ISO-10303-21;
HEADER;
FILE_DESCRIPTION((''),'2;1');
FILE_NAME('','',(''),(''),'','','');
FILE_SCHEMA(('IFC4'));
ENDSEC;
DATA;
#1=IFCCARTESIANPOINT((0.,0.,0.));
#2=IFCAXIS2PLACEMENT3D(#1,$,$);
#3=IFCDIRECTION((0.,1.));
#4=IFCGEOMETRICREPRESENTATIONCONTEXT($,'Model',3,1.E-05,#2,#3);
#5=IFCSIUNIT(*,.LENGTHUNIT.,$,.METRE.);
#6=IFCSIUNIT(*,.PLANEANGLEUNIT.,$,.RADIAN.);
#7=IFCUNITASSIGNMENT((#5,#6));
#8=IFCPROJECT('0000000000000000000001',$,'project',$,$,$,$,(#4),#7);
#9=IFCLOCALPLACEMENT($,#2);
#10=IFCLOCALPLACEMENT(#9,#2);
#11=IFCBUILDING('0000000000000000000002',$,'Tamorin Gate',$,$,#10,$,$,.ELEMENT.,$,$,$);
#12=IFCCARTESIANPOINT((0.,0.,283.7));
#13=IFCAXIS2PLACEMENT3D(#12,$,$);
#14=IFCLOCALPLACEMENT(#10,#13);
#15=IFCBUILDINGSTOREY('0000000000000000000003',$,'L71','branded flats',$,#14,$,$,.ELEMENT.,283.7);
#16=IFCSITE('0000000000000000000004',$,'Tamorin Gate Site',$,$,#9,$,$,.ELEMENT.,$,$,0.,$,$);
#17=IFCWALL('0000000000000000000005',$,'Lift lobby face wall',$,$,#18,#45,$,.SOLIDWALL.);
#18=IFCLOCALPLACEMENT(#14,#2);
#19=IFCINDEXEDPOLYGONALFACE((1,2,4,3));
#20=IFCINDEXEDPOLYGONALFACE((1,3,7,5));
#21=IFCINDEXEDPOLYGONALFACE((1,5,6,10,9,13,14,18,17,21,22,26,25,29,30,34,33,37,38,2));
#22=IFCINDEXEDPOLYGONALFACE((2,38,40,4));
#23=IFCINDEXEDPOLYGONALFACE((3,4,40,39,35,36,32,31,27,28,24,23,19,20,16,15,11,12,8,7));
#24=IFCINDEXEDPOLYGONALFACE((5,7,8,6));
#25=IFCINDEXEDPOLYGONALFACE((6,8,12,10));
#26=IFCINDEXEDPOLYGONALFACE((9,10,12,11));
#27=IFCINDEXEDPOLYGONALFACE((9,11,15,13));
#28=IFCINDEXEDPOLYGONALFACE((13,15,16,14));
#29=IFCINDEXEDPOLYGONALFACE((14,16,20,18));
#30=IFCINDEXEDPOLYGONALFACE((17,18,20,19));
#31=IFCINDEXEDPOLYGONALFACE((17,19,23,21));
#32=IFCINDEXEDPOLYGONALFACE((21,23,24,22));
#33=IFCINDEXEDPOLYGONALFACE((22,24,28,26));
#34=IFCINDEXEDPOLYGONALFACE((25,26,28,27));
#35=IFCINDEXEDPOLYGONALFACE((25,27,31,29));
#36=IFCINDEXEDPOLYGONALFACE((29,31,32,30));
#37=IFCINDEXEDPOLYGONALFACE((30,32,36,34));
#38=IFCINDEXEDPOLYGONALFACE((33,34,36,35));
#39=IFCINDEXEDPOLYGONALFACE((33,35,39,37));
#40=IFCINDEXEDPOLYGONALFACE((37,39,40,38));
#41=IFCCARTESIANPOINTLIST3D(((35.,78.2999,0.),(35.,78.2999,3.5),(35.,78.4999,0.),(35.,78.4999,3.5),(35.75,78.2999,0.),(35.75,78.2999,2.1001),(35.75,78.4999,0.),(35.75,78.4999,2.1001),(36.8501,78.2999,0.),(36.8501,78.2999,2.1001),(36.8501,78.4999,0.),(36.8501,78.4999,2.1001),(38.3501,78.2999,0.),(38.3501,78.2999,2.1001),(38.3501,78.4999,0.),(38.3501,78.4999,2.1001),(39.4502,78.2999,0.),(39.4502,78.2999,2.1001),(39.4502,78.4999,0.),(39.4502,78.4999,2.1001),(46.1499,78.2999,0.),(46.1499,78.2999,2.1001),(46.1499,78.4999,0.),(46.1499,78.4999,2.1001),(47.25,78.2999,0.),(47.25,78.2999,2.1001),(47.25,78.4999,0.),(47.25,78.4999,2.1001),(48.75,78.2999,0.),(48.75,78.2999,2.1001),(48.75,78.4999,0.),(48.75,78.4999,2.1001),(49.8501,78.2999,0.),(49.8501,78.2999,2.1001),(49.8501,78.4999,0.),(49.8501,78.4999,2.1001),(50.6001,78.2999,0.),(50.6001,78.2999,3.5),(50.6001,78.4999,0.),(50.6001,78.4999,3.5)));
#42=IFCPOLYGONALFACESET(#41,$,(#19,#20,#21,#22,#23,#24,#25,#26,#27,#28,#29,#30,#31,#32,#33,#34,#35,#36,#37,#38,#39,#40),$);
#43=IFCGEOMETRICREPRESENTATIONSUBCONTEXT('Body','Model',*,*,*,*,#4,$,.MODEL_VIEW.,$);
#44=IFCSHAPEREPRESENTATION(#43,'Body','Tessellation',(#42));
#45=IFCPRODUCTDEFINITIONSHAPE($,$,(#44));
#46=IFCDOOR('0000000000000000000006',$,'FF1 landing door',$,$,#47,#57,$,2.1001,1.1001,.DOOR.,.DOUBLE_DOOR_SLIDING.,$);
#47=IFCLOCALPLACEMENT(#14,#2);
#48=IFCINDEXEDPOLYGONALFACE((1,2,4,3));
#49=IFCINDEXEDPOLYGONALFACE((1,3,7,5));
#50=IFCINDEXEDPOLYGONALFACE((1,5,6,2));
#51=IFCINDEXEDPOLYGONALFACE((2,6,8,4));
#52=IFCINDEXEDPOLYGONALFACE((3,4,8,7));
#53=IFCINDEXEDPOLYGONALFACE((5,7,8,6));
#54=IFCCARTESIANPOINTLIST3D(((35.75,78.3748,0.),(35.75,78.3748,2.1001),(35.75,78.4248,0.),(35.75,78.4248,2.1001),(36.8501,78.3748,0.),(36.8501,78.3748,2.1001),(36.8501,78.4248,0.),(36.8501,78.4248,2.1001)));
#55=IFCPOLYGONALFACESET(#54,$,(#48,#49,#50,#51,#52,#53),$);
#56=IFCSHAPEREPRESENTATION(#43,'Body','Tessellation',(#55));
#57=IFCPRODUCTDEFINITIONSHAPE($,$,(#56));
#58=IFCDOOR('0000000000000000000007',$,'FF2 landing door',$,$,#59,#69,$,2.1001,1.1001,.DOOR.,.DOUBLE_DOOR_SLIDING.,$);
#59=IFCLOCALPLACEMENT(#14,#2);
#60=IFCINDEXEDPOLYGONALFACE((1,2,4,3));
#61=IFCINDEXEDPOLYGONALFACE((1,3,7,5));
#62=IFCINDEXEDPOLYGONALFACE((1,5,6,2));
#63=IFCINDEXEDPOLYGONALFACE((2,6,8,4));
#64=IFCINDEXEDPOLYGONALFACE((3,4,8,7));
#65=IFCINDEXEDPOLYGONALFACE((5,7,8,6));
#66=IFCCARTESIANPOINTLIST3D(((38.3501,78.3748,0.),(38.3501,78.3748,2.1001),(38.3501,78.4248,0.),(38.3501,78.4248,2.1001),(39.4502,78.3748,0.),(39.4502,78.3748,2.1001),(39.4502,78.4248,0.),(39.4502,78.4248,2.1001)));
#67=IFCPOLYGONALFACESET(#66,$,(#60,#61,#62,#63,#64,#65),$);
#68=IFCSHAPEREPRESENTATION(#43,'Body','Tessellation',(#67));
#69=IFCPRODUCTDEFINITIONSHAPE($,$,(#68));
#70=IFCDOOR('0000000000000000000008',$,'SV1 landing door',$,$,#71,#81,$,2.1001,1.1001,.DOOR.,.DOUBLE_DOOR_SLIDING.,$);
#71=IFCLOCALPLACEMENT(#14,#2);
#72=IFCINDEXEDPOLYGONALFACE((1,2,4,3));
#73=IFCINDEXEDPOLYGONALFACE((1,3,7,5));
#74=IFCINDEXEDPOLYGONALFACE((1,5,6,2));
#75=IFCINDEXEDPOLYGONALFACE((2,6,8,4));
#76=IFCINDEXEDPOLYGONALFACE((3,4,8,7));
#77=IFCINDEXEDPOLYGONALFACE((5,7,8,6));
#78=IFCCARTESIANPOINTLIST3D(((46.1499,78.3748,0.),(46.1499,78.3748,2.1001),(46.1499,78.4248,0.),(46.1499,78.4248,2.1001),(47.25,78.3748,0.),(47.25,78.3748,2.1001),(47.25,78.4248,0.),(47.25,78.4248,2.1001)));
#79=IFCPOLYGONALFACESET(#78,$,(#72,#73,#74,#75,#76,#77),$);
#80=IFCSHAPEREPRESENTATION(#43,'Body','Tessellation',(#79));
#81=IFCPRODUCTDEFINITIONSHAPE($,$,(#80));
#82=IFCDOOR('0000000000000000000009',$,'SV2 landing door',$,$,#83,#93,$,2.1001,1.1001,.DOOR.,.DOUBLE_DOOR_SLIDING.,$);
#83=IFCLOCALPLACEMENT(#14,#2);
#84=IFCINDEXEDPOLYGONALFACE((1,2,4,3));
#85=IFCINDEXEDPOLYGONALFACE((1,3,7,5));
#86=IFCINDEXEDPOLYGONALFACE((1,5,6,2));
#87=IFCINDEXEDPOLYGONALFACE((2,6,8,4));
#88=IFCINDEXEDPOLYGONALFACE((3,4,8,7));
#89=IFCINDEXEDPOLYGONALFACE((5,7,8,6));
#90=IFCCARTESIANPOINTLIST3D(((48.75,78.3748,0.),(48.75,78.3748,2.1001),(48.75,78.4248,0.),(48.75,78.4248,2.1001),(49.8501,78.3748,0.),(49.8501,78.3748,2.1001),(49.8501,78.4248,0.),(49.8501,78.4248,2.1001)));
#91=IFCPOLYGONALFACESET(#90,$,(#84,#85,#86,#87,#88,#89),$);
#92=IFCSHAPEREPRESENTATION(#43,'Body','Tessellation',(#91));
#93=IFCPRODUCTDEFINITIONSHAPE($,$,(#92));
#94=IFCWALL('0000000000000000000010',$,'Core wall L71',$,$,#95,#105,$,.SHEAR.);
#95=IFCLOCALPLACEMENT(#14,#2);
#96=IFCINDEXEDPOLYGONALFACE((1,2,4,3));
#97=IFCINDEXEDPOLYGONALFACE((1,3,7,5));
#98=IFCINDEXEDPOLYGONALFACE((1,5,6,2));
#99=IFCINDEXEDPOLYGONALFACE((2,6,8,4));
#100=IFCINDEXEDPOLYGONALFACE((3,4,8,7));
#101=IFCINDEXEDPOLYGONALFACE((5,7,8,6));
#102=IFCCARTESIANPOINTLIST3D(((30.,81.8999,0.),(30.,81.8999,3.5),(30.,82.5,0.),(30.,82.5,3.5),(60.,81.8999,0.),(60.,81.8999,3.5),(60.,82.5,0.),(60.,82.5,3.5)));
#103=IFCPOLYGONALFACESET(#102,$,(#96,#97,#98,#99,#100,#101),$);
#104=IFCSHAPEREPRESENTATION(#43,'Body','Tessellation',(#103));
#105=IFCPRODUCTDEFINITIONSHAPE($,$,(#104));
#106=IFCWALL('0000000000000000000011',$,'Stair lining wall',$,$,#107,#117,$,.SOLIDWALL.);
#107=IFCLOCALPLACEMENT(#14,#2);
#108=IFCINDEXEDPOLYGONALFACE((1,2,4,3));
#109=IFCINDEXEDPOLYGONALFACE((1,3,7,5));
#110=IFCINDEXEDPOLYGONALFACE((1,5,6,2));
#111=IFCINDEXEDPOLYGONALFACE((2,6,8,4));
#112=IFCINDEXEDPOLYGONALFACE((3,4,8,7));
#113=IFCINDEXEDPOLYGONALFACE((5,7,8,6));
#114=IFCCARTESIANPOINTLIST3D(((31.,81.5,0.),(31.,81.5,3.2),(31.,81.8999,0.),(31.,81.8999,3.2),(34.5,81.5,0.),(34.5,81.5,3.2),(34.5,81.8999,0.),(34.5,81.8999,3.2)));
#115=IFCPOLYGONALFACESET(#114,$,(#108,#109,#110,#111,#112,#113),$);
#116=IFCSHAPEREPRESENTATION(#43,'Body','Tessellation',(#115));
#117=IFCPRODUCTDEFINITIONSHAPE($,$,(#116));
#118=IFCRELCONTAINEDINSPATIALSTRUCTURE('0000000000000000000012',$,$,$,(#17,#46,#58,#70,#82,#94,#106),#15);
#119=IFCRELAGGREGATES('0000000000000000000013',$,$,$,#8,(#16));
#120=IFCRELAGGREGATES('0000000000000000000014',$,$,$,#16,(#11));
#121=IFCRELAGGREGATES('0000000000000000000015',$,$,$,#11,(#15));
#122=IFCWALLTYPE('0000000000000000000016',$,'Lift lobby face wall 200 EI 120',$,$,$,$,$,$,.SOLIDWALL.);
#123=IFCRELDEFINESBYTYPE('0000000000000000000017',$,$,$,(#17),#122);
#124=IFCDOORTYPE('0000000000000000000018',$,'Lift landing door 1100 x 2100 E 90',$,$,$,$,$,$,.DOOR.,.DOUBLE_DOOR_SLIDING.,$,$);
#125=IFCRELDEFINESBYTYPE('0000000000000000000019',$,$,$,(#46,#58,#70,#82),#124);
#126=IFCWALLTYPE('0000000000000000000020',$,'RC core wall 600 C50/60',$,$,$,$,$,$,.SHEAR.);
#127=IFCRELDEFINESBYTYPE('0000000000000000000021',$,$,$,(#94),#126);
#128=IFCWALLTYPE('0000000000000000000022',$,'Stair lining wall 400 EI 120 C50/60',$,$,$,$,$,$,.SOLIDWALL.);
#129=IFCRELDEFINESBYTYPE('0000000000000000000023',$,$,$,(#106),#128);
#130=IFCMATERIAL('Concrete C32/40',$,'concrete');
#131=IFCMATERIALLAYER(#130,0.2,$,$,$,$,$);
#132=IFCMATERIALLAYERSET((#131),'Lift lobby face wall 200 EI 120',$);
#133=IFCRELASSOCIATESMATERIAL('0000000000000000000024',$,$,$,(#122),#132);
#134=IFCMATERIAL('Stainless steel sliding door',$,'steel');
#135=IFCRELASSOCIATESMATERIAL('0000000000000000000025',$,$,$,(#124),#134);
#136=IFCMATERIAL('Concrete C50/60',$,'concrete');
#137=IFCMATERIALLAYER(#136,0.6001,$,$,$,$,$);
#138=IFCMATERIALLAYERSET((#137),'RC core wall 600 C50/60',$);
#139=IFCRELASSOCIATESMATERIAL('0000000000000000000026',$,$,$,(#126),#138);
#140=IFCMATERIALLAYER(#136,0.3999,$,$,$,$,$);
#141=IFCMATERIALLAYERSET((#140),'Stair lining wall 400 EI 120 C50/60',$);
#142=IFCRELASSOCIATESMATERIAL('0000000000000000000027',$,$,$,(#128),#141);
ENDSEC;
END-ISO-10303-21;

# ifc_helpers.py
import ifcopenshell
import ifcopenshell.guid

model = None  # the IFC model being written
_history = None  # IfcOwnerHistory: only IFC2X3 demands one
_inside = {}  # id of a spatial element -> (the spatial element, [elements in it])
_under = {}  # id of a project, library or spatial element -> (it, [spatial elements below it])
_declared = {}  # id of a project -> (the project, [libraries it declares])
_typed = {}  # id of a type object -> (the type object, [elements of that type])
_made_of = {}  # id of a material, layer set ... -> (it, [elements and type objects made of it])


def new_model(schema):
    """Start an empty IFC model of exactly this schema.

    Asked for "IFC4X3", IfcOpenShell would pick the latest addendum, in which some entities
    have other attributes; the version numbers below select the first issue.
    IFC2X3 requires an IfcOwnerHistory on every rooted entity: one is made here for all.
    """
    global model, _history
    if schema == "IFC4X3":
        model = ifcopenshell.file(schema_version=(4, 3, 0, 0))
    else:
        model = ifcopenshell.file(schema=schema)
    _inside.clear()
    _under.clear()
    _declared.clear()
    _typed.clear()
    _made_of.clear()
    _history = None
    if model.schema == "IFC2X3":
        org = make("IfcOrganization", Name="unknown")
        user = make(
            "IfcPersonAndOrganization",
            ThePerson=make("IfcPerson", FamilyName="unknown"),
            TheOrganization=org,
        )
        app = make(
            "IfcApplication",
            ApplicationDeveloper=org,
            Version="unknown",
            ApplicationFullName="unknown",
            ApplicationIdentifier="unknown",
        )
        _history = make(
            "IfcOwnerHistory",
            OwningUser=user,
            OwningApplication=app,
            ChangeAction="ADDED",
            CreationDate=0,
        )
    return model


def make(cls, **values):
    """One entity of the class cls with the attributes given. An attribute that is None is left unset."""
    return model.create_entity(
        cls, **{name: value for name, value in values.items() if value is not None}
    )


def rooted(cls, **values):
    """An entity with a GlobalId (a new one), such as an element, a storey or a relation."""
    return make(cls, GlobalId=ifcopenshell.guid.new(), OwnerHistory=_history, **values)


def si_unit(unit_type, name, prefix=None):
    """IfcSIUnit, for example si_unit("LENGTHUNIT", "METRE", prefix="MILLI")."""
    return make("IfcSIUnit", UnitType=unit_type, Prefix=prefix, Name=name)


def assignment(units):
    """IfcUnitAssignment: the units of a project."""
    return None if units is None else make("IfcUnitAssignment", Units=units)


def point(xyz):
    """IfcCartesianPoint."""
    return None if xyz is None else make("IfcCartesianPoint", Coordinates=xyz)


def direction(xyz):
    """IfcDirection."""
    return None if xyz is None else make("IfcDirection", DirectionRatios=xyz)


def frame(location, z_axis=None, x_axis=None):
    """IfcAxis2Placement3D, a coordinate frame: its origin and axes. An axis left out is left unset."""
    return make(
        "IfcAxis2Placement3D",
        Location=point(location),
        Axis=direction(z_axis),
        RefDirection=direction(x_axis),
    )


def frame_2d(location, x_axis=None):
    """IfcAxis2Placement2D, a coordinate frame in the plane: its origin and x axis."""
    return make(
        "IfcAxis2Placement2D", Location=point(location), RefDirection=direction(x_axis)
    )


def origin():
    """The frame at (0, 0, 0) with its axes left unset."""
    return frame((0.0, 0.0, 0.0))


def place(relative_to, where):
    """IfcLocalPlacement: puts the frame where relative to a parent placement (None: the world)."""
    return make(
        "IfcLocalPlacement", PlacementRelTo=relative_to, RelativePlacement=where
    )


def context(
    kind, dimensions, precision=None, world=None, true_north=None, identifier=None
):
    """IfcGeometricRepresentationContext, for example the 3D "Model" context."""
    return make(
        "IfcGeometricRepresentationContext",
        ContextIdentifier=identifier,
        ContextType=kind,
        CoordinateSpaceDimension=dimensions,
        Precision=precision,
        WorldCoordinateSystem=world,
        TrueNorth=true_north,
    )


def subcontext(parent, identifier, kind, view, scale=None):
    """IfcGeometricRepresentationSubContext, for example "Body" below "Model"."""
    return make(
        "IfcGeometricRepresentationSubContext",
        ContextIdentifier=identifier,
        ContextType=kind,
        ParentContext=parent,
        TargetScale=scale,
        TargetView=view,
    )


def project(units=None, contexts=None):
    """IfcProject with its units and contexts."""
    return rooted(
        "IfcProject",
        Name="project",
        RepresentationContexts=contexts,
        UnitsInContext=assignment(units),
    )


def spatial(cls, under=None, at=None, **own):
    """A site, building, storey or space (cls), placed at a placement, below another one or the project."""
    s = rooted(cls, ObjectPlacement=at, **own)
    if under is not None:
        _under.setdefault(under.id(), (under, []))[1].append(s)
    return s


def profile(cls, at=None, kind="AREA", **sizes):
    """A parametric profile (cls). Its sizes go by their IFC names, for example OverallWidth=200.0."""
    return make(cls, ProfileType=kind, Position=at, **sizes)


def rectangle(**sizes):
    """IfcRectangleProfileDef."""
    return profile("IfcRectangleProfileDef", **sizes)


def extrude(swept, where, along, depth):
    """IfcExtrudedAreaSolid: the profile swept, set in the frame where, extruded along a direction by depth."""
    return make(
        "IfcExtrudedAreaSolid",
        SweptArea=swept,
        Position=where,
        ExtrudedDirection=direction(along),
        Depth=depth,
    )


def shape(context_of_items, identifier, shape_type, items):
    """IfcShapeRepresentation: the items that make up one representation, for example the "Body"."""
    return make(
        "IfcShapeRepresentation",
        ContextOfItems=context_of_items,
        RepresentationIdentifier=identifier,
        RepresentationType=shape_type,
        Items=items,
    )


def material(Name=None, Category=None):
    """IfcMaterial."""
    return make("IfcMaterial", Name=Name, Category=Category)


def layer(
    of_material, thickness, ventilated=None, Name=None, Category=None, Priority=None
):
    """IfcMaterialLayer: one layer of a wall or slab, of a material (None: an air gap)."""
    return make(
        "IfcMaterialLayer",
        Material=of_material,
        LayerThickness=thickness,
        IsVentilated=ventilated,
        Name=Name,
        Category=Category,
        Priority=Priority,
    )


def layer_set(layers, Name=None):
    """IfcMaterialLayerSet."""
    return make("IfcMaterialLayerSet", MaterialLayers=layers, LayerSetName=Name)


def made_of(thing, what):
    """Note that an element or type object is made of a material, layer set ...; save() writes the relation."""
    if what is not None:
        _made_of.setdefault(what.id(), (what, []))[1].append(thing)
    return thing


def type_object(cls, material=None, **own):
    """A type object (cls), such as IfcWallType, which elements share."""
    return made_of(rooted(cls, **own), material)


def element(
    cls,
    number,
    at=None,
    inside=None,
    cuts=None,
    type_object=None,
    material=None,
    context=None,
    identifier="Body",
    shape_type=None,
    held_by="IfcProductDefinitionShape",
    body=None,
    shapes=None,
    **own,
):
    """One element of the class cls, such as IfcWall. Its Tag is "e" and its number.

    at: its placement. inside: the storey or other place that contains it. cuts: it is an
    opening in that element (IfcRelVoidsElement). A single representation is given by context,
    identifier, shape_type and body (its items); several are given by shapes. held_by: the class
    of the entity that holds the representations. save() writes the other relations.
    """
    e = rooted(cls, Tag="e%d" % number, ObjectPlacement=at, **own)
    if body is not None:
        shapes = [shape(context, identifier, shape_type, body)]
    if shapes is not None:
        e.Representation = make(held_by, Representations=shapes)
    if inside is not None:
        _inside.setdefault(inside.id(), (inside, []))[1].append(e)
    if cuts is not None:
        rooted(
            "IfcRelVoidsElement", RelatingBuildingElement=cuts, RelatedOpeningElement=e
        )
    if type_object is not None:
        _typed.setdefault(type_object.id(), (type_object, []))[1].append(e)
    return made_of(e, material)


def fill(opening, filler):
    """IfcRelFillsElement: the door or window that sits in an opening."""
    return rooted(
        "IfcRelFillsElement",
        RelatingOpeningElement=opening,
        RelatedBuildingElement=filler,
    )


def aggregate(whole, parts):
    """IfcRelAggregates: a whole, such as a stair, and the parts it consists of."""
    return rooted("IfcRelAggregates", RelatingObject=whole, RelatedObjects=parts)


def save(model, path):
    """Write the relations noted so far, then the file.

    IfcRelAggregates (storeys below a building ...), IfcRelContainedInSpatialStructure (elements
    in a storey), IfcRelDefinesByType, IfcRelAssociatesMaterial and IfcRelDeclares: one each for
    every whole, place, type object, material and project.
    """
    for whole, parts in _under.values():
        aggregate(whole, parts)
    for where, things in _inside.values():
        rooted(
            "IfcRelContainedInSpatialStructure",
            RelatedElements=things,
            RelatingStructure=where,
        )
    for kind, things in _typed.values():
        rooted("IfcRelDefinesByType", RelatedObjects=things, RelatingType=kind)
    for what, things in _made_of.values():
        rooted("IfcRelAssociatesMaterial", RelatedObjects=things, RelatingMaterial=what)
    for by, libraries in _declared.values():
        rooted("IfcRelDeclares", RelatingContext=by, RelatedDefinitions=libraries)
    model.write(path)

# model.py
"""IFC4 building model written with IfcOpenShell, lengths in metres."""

from ifc_helpers import new_model, si_unit, direction, frame, frame_2d, origin, place, context, subcontext, project, spatial, rectangle, extrude, material, layer, layer_set, type_object, element, fill, save


model = new_model("IFC4")

# Units and contexts
model_context = context("Model", 3, precision=1e-05, world=origin(), true_north=direction((0.0, 1.0)))
body_context = subcontext(model_context, "Body", "Model", "MODEL_VIEW")
ifc_project = project(units=[si_unit("LENGTHUNIT", "METRE"), si_unit("PLANEANGLEUNIT", "RADIAN")], contexts=[model_context])

# Site, building, storey
site_placement = place(None, origin())
site = spatial("IfcSite", under=ifc_project, at=site_placement, Name="Tamorin Gate Site", CompositionType="ELEMENT", RefElevation=0.0)
building_placement = place(site_placement, origin())
building = spatial("IfcBuilding", under=site, at=building_placement, Name="Tamorin Gate", CompositionType="ELEMENT")
storey_placement = place(building_placement, frame((0.0, 0.0, 283.7)))
storey = spatial("IfcBuildingStorey", under=building, at=storey_placement, Name="L71", Description="branded flats", CompositionType="ELEMENT", Elevation=283.7)

# Wall, openings, doors
ifc_material_1 = material(Name="Concrete C32/40", Category="concrete")
ifc_layer_1 = layer(ifc_material_1, 0.2)
ifc_layer_set_1 = layer_set([ifc_layer_1], Name="Lift lobby face wall 200 EI 120")
wall_type_1 = type_object("IfcWallType", Name="Lift lobby face wall 200 EI 120", PredefinedType="SOLIDWALL", material=ifc_layer_set_1)
wall_1_placement = place(storey_placement, frame((35.0, 78.3999, 0.0), z_axis=(0.0, 0.0, 1.0), x_axis=(1.0, 0.0, 0.0)))
wall_1 = element("IfcWall", 1, at=wall_1_placement, inside=storey, type_object=wall_type_1, Name="Lift lobby face wall", PredefinedType="SOLIDWALL", context=body_context, shape_type="SweptSolid", body=[
    extrude(rectangle(XDim=15.6001, YDim=0.2, at=frame_2d((7.8, 0.0))), origin(), (0.0, 0.0, 1.0), 3.5),
])
opening_1_placement = place(wall_1_placement, frame((0.75, 0.0, 0.0)))
opening_1 = element("IfcOpeningElement", 2, at=opening_1_placement, cuts=wall_1, PredefinedType="OPENING", context=body_context, shape_type="SweptSolid", body=[
    extrude(rectangle(XDim=1.1001, YDim=2.1001, at=frame_2d((0.55, 1.05))), frame((0.0, 0.1099, 0.0), z_axis=(0.0, -1.0, 0.0), x_axis=(1.0, 0.0, 0.0)), (0.0, 0.0, 1.0), 0.22),
])
opening_2_placement = place(wall_1_placement, frame((3.3501, 0.0, 0.0)))
opening_2 = element("IfcOpeningElement", 3, at=opening_2_placement, cuts=wall_1, PredefinedType="OPENING", context=body_context, shape_type="SweptSolid", body=[
    extrude(rectangle(XDim=1.1001, YDim=2.1001, at=frame_2d((0.55, 1.05))), frame((0.0, 0.1099, 0.0), z_axis=(0.0, -1.0, 0.0), x_axis=(1.0, 0.0, 0.0)), (0.0, 0.0, 1.0), 0.22),
])
opening_3_placement = place(wall_1_placement, frame((11.1499, 0.0, 0.0)))
opening_3 = element("IfcOpeningElement", 4, at=opening_3_placement, cuts=wall_1, PredefinedType="OPENING", context=body_context, shape_type="SweptSolid", body=[
    extrude(rectangle(XDim=1.1001, YDim=2.1001, at=frame_2d((0.55, 1.05))), frame((0.0, 0.1099, 0.0), z_axis=(0.0, -1.0, 0.0), x_axis=(1.0, 0.0, 0.0)), (0.0, 0.0, 1.0), 0.22),
])
opening_4_placement = place(wall_1_placement, frame((13.75, 0.0, 0.0)))
opening_4 = element("IfcOpeningElement", 5, at=opening_4_placement, cuts=wall_1, PredefinedType="OPENING", context=body_context, shape_type="SweptSolid", body=[
    extrude(rectangle(XDim=1.1001, YDim=2.1001, at=frame_2d((0.55, 1.05))), frame((0.0, 0.1099, 0.0), z_axis=(0.0, -1.0, 0.0), x_axis=(1.0, 0.0, 0.0)), (0.0, 0.0, 1.0), 0.22),
])
ifc_material_2 = material(Name="Stainless steel sliding door", Category="steel")
door_type_1 = type_object("IfcDoorType", Name="Lift landing door 1100 x 2100 E 90", OperationType="DOUBLE_DOOR_SLIDING", PredefinedType="DOOR", material=ifc_material_2)
door_1_placement = place(opening_1_placement, origin())
door_1 = element("IfcDoor", 6, at=door_1_placement, inside=storey, type_object=door_type_1, Name="FF1 landing door", OperationType="DOUBLE_DOOR_SLIDING", OverallHeight=2.1001, OverallWidth=1.1001, PredefinedType="DOOR", context=body_context, shape_type="SweptSolid", body=[
    extrude(rectangle(XDim=1.1001, YDim=2.1001, at=frame_2d((0.55, 1.05))), frame((0.0, 0.0249, 0.0), z_axis=(0.0, -1.0, 0.0), x_axis=(1.0, 0.0, 0.0)), (0.0, 0.0, 1.0), 0.05),
])
fill(opening_1, door_1)
door_2_placement = place(opening_2_placement, origin())
door_2 = element("IfcDoor", 7, at=door_2_placement, inside=storey, type_object=door_type_1, Name="FF2 landing door", OperationType="DOUBLE_DOOR_SLIDING", OverallHeight=2.1001, OverallWidth=1.1001, PredefinedType="DOOR", context=body_context, shape_type="SweptSolid", body=[
    extrude(rectangle(XDim=1.1001, YDim=2.1001, at=frame_2d((0.55, 1.05))), frame((0.0, 0.0249, 0.0), z_axis=(0.0, -1.0, 0.0), x_axis=(1.0, 0.0, 0.0)), (0.0, 0.0, 1.0), 0.05),
])
fill(opening_2, door_2)
door_3_placement = place(opening_3_placement, origin())
door_3 = element("IfcDoor", 8, at=door_3_placement, inside=storey, type_object=door_type_1, Name="SV1 landing door", OperationType="DOUBLE_DOOR_SLIDING", OverallHeight=2.1001, OverallWidth=1.1001, PredefinedType="DOOR", context=body_context, shape_type="SweptSolid", body=[
    extrude(rectangle(XDim=1.1001, YDim=2.1001, at=frame_2d((0.55, 1.05))), frame((0.0, 0.0249, 0.0), z_axis=(0.0, -1.0, 0.0), x_axis=(1.0, 0.0, 0.0)), (0.0, 0.0, 1.0), 0.05),
])
fill(opening_3, door_3)
door_4_placement = place(opening_4_placement, origin())
door_4 = element("IfcDoor", 9, at=door_4_placement, inside=storey, type_object=door_type_1, Name="SV2 landing door", OperationType="DOUBLE_DOOR_SLIDING", OverallHeight=2.1001, OverallWidth=1.1001, PredefinedType="DOOR", context=body_context, shape_type="SweptSolid", body=[
    extrude(rectangle(XDim=1.1001, YDim=2.1001, at=frame_2d((0.55, 1.05))), frame((0.0, 0.0249, 0.0), z_axis=(0.0, -1.0, 0.0), x_axis=(1.0, 0.0, 0.0)), (0.0, 0.0, 1.0), 0.05),
])
fill(opening_4, door_4)

# Walls
ifc_material_3 = material(Name="Concrete C50/60", Category="concrete")
ifc_layer_2 = layer(ifc_material_3, 0.6001)
ifc_layer_set_2 = layer_set([ifc_layer_2], Name="RC core wall 600 C50/60")
wall_type_2 = type_object("IfcWallType", Name="RC core wall 600 C50/60", PredefinedType="SHEAR", material=ifc_layer_set_2)
wall_2_placement = place(storey_placement, frame((30.0, 82.2, 0.0), z_axis=(0.0, 0.0, 1.0), x_axis=(1.0, 0.0, 0.0)))
element("IfcWall", 10, at=wall_2_placement, inside=storey, type_object=wall_type_2, Name="Core wall L71", PredefinedType="SHEAR", context=body_context, shape_type="SweptSolid", body=[
    extrude(rectangle(XDim=30.0, YDim=0.6001, at=frame_2d((15.0, 0.0))), origin(), (0.0, 0.0, 1.0), 3.5),
])
ifc_layer_3 = layer(ifc_material_3, 0.3999)
ifc_layer_set_3 = layer_set([ifc_layer_3], Name="Stair lining wall 400 EI 120 C50/60")
wall_type_3 = type_object("IfcWallType", Name="Stair lining wall 400 EI 120 C50/60", PredefinedType="SOLIDWALL", material=ifc_layer_set_3)
wall_3_placement = place(storey_placement, frame((31.0, 81.7, 0.0), z_axis=(0.0, 0.0, 1.0), x_axis=(1.0, 0.0, 0.0)))
element("IfcWall", 11, at=wall_3_placement, inside=storey, type_object=wall_type_3, Name="Stair lining wall", PredefinedType="SOLIDWALL", context=body_context, shape_type="SweptSolid", body=[
    extrude(rectangle(XDim=3.5, YDim=0.3999, at=frame_2d((1.75, 0.0))), origin(), (0.0, 0.0, 1.0), 3.2),
])

save(model, "model.ifc")
